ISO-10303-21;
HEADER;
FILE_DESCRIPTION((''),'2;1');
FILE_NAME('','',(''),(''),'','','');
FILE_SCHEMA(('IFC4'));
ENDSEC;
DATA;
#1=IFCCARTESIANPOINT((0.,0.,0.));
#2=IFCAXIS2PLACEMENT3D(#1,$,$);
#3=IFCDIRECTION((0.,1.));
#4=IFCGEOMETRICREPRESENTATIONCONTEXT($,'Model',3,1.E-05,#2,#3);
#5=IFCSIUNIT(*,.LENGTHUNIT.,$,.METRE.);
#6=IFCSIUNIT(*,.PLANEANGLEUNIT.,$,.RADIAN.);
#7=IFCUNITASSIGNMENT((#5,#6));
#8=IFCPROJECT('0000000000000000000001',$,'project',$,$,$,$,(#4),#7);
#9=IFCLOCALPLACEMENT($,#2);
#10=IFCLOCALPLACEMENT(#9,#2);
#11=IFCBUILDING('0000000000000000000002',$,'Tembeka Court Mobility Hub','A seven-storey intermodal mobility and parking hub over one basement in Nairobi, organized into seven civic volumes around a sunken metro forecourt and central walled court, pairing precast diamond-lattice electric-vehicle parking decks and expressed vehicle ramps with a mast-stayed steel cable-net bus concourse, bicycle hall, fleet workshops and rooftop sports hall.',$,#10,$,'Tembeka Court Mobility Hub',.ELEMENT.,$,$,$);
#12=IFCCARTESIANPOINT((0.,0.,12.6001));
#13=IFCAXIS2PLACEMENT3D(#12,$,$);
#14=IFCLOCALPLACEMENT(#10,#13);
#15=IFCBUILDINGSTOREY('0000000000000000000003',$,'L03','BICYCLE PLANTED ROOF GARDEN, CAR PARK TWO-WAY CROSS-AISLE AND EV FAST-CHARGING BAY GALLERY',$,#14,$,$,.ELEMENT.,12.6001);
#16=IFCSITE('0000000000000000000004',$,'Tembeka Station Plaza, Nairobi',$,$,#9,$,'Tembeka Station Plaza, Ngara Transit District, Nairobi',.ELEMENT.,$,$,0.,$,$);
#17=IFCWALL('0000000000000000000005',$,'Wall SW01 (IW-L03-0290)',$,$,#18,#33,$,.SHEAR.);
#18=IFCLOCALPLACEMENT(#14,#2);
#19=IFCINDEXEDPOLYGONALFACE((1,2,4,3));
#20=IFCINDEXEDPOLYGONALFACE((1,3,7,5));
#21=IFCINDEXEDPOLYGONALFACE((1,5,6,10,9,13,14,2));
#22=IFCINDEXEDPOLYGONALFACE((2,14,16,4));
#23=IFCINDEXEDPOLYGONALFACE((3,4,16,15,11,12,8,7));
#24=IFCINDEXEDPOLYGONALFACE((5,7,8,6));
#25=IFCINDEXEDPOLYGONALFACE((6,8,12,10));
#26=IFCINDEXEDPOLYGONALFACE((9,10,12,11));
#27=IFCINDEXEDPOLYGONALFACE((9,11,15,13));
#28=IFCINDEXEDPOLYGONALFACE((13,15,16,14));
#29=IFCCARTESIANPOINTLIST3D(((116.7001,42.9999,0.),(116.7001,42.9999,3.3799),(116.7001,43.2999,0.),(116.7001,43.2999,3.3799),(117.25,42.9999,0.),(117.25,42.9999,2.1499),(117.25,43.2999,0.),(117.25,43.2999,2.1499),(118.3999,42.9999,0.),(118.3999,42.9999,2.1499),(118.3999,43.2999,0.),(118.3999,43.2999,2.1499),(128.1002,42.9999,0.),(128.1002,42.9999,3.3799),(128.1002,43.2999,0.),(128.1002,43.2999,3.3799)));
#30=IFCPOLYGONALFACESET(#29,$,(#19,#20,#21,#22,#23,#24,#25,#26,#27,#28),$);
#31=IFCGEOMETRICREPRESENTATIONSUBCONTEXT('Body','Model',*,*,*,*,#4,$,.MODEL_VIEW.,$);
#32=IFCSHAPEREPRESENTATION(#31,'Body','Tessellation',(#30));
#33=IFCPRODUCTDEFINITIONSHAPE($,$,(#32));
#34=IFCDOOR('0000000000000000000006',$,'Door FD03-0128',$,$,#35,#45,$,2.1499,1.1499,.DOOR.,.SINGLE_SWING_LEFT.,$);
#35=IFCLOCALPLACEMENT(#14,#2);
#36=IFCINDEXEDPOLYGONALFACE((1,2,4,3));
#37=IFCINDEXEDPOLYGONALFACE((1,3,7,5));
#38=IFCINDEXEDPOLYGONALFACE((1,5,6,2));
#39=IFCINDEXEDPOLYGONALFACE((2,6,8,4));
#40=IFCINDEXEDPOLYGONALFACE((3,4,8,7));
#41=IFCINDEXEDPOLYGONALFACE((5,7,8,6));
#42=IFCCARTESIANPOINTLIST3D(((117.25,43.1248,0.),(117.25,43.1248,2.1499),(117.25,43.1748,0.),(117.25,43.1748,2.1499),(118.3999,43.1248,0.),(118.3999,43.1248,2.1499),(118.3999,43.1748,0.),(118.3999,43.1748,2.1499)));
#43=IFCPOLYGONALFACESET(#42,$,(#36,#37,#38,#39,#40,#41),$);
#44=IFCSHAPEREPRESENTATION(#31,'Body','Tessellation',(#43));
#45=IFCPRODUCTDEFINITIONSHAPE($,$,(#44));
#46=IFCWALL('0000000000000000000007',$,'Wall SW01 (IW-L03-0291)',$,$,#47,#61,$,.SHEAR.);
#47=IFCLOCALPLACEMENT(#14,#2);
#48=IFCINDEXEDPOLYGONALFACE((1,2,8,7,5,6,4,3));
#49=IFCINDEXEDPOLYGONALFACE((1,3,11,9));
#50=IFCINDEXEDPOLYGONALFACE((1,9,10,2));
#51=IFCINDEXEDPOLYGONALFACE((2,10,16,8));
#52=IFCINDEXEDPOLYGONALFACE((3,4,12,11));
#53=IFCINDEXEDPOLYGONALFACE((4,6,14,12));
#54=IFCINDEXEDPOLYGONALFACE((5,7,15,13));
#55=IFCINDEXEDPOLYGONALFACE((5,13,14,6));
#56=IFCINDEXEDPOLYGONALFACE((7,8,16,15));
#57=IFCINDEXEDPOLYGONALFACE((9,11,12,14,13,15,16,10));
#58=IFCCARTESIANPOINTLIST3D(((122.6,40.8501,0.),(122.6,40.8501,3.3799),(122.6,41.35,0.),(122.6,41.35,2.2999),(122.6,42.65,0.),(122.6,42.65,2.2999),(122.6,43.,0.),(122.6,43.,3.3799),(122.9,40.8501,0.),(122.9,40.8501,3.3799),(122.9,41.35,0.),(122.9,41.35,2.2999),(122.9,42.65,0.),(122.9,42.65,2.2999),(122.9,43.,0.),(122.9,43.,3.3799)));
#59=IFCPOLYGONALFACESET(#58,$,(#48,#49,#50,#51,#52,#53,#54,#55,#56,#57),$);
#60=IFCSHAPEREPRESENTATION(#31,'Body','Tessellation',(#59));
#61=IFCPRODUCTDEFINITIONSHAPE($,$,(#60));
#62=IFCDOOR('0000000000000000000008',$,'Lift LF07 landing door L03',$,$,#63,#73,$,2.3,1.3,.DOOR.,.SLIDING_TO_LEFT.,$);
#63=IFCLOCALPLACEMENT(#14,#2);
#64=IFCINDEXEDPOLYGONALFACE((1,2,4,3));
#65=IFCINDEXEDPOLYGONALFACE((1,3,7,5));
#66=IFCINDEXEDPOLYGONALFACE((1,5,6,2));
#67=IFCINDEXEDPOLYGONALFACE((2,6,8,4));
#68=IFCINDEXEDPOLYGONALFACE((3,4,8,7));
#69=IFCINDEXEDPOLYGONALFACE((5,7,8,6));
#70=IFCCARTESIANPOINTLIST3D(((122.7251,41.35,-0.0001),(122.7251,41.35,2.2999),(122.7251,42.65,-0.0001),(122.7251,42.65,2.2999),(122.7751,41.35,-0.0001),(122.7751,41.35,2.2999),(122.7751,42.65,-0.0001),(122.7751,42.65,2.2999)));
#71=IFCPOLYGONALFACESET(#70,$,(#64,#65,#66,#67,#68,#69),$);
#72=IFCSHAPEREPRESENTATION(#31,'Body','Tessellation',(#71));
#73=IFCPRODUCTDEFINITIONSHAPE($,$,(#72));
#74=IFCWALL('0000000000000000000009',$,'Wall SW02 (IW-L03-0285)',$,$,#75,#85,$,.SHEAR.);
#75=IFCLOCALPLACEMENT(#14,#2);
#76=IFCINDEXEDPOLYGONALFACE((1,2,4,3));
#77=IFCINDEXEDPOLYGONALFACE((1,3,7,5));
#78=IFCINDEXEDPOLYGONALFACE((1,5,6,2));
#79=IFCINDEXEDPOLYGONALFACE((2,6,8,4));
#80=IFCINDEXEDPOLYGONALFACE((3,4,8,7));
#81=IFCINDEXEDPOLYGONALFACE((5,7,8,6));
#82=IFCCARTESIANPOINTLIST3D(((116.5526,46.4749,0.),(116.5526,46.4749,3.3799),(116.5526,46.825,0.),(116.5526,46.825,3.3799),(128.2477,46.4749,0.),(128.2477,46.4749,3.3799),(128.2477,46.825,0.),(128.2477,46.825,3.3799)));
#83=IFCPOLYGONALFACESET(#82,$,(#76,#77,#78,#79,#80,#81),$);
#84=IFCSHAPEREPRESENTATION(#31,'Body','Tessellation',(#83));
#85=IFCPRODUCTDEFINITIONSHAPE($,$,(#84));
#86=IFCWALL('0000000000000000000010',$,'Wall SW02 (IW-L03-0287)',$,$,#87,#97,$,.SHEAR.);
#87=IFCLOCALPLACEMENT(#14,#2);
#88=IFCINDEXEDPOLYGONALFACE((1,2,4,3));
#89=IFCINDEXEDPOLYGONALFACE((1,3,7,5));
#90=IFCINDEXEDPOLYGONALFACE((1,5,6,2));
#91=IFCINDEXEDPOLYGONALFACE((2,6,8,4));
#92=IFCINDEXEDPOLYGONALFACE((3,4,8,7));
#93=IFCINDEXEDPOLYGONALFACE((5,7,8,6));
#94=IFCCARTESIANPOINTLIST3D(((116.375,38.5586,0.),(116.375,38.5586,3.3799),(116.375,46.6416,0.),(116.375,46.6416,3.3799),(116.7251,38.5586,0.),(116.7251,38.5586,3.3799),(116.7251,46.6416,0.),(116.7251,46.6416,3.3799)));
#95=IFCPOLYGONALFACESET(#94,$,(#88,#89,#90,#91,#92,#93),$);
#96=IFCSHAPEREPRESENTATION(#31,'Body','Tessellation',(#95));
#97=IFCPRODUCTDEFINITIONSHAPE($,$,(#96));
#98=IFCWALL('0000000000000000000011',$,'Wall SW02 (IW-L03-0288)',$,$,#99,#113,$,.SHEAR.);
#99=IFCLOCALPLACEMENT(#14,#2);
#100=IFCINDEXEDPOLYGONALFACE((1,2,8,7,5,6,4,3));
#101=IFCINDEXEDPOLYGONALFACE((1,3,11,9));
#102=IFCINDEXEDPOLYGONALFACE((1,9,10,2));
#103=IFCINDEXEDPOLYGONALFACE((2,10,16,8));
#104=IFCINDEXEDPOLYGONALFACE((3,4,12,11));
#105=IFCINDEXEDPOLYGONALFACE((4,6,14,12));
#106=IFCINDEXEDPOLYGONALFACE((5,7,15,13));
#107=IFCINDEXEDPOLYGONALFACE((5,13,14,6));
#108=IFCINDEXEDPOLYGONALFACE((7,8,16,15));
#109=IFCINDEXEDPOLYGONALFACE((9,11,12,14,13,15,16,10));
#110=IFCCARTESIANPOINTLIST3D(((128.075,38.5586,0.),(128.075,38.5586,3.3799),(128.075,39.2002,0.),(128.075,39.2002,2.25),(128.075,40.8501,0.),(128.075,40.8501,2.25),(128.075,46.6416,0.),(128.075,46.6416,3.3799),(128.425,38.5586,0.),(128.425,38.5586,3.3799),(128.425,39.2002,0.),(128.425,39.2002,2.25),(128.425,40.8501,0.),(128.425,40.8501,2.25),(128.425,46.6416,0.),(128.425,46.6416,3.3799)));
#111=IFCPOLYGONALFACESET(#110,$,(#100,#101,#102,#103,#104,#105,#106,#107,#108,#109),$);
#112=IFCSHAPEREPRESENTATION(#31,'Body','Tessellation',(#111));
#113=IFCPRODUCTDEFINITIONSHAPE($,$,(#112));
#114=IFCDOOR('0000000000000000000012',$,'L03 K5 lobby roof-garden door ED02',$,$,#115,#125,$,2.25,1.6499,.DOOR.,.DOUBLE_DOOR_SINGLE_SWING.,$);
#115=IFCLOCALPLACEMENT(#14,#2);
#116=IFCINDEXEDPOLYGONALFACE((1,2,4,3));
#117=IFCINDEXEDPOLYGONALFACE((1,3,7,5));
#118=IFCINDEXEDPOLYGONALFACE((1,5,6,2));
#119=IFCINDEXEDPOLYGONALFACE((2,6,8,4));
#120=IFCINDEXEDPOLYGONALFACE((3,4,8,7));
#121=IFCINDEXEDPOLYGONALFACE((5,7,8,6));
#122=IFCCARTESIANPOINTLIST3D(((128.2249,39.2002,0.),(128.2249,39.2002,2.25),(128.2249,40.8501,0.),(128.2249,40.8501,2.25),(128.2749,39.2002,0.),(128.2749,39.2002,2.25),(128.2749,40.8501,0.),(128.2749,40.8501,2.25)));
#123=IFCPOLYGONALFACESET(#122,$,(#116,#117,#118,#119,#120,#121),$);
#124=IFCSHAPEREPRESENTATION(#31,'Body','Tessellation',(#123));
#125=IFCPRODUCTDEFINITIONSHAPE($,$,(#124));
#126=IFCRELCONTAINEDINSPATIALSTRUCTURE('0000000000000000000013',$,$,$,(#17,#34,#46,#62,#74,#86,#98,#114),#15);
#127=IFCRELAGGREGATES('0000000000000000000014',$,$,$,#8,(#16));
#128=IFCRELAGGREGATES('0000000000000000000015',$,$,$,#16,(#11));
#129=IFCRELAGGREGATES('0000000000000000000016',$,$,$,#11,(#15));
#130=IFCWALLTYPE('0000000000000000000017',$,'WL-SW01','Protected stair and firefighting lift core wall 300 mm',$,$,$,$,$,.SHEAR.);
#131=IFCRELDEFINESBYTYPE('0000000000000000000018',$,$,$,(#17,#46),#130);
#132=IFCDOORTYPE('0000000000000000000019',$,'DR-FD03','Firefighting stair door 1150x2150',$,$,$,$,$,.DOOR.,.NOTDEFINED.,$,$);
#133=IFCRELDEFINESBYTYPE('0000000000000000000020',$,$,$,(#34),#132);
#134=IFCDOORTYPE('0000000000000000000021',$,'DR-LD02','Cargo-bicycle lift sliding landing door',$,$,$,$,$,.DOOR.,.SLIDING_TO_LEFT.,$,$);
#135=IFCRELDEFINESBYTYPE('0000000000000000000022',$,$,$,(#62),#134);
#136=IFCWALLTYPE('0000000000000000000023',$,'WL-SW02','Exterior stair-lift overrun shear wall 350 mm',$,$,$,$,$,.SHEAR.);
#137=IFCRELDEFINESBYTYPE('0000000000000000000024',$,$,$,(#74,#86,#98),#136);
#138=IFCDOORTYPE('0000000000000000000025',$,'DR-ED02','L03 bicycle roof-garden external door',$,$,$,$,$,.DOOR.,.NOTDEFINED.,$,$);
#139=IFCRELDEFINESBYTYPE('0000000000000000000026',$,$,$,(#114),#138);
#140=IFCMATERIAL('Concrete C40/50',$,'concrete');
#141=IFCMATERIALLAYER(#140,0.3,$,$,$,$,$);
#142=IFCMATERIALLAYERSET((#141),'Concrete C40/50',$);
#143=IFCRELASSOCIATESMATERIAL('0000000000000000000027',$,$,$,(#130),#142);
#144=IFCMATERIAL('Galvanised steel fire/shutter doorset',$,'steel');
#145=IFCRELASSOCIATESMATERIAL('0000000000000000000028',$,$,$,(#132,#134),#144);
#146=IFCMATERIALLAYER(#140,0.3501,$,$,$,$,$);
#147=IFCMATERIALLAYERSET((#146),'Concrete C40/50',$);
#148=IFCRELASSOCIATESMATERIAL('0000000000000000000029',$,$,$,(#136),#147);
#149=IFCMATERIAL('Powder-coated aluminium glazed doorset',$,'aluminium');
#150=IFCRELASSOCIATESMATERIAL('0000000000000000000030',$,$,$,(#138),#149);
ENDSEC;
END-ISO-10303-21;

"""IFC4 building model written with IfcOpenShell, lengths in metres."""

from ifc_helpers import new_model, si_unit, direction, frame, frame_2d, origin, place, context, subcontext, project, spatial, rectangle, extrude, material, layer, layer_set, type_object, element, fill, save


model = new_model("IFC4")

# Units and contexts
model_context = context("Model", 3, precision=1e-05, world=origin(), true_north=direction((0.0, 1.0)))
body_context = subcontext(model_context, "Body", "Model", "MODEL_VIEW")
ifc_project = project(units=[si_unit("LENGTHUNIT", "METRE"), si_unit("PLANEANGLEUNIT", "RADIAN")], contexts=[model_context])

# Site, building, storey
site_placement = place(None, origin())
site = spatial("IfcSite", under=ifc_project, at=site_placement, Name="Tembeka Station Plaza, Nairobi", LongName="Tembeka Station Plaza, Ngara Transit District, Nairobi", CompositionType="ELEMENT", RefElevation=0.0)
building_placement = place(site_placement, origin())
building = spatial("IfcBuilding", under=site, at=building_placement, Name="Tembeka Court Mobility Hub", Description="A seven-storey intermodal mobility and parking hub over one basement in Nairobi, organized into seven civic volumes around a sunken metro forecourt and central walled court, pairing precast diamond-lattice electric-vehicle parking decks and expressed vehicle ramps with a mast-stayed steel cable-net bus concourse, bicycle hall, fleet workshops and rooftop sports hall.", LongName="Tembeka Court Mobility Hub", CompositionType="ELEMENT")
storey_placement = place(building_placement, frame((0.0, 0.0, 12.6001)))
storey = spatial("IfcBuildingStorey", under=building, at=storey_placement, Name="L03", Description="BICYCLE PLANTED ROOF GARDEN, CAR PARK TWO-WAY CROSS-AISLE AND EV FAST-CHARGING BAY GALLERY", CompositionType="ELEMENT", Elevation=12.6001)

# Shared definitions
ifc_material_1 = material(Name="Concrete C40/50", Category="concrete")
ifc_layer_1 = layer(ifc_material_1, 0.3)
ifc_layer_set_1 = layer_set([ifc_layer_1], Name="Concrete C40/50")
wall_type_1 = type_object("IfcWallType", Name="WL-SW01", Description="Protected stair and firefighting lift core wall 300 mm", PredefinedType="SHEAR", material=ifc_layer_set_1)

# Walls, openings, doors
wall_1_placement = place(storey_placement, frame((116.7, 43.1499, 0.0), z_axis=(0.0, 0.0, 1.0), x_axis=(1.0, 0.0, 0.0)))
wall_1 = element("IfcWall", 1, at=wall_1_placement, inside=storey, type_object=wall_type_1, Name="Wall SW01 (IW-L03-0290)", PredefinedType="SHEAR", context=body_context, shape_type="SweptSolid", body=[
    extrude(rectangle(XDim=11.4001, YDim=0.3, at=frame_2d((5.7002, 0.0))), origin(), (0.0, 0.0, 1.0), 3.3799),
])
opening_1_placement = place(wall_1_placement, frame((0.55, 0.0, 0.0)))
opening_1 = element("IfcOpeningElement", 2, at=opening_1_placement, cuts=wall_1, PredefinedType="OPENING", context=body_context, shape_type="SweptSolid", body=[
    extrude(rectangle(XDim=1.1499, YDim=2.1499, at=frame_2d((0.575, 1.075))), frame((0.0, 0.1602, 0.0), z_axis=(0.0, -1.0, 0.0), x_axis=(1.0, 0.0, 0.0)), (0.0, 0.0, 1.0), 0.3201),
])
ifc_material_2 = material(Name="Galvanised steel fire/shutter doorset", Category="steel")
door_type_1 = type_object("IfcDoorType", Name="DR-FD03", Description="Firefighting stair door 1150x2150", OperationType="NOTDEFINED", PredefinedType="DOOR", material=ifc_material_2)
door_1_placement = place(opening_1_placement, origin())
door_1 = element("IfcDoor", 3, at=door_1_placement, inside=storey, type_object=door_type_1, Name="Door FD03-0128", OperationType="SINGLE_SWING_LEFT", OverallHeight=2.1499, OverallWidth=1.1499, PredefinedType="DOOR", context=body_context, shape_type="SweptSolid", body=[
    extrude(rectangle(XDim=1.1499, YDim=2.1499, at=frame_2d((0.575, 1.075))), frame((0.0, 0.0249, 0.0), z_axis=(0.0, -1.0, 0.0), x_axis=(1.0, 0.0, 0.0)), (0.0, 0.0, 1.0), 0.05),
])
fill(opening_1, door_1)
wall_2_placement = place(storey_placement, frame((122.75, 40.8501, 0.0), z_axis=(0.0, 0.0, 1.0), x_axis=(0.0, 1.0, 0.0)))
wall_2 = element("IfcWall", 4, at=wall_2_placement, inside=storey, type_object=wall_type_1, Name="Wall SW01 (IW-L03-0291)", PredefinedType="SHEAR", context=body_context, shape_type="SweptSolid", body=[
    extrude(rectangle(XDim=2.1499, YDim=0.3, at=frame_2d((1.075, 0.0))), origin(), (0.0, 0.0, 1.0), 3.3799),
])
opening_2_placement = place(wall_2_placement, frame((0.5, 0.0, 0.0)))
opening_2 = element("IfcOpeningElement", 5, at=opening_2_placement, cuts=wall_2, PredefinedType="OPENING", context=body_context, shape_type="SweptSolid", body=[
    extrude(rectangle(XDim=1.3, YDim=2.3, at=frame_2d((0.6499, 1.1499))), frame((0.0, 0.1602, 0.0), z_axis=(0.0, -1.0, 0.0), x_axis=(1.0, 0.0, 0.0)), (0.0, 0.0, 1.0), 0.3201),
])
door_type_2 = type_object("IfcDoorType", Name="DR-LD02", Description="Cargo-bicycle lift sliding landing door", OperationType="SLIDING_TO_LEFT", PredefinedType="DOOR", material=ifc_material_2)
door_2_placement = place(opening_2_placement, origin())
door_2 = element("IfcDoor", 6, at=door_2_placement, inside=storey, type_object=door_type_2, Name="Lift LF07 landing door L03", OperationType="SLIDING_TO_LEFT", OverallHeight=2.3, OverallWidth=1.3, PredefinedType="DOOR", context=body_context, shape_type="SweptSolid", body=[
    extrude(rectangle(XDim=1.3, YDim=2.3, at=frame_2d((0.6499, 1.1499))), frame((0.0, 0.0249, 0.0), z_axis=(0.0, -1.0, 0.0), x_axis=(1.0, 0.0, 0.0)), (0.0, 0.0, 1.0), 0.05),
])
fill(opening_2, door_2)

# Walls
ifc_layer_2 = layer(ifc_material_1, 0.3501)
ifc_layer_set_2 = layer_set([ifc_layer_2], Name="Concrete C40/50")
wall_type_2 = type_object("IfcWallType", Name="WL-SW02", Description="Exterior stair-lift overrun shear wall 350 mm", PredefinedType="SHEAR", material=ifc_layer_set_2)
wall_3_placement = place(storey_placement, frame((116.5525, 46.6499, 0.0), z_axis=(0.0, 0.0, 1.0), x_axis=(1.0, 0.0, 0.0)))
element("IfcWall", 7, at=wall_3_placement, inside=storey, type_object=wall_type_2, Name="Wall SW02 (IW-L03-0285)", PredefinedType="SHEAR", context=body_context, shape_type="SweptSolid", body=[
    extrude(rectangle(XDim=11.6951, YDim=0.3501, at=frame_2d((5.8477, 0.0))), origin(), (0.0, 0.0, 1.0), 3.3799),
])
wall_4_placement = place(storey_placement, frame((116.55, 38.5586, 0.0), z_axis=(0.0, 0.0, 1.0), x_axis=(0.0, 1.0, 0.0)))
element("IfcWall", 8, at=wall_4_placement, inside=storey, type_object=wall_type_2, Name="Wall SW02 (IW-L03-0287)", PredefinedType="SHEAR", context=body_context, shape_type="SweptSolid", body=[
    extrude(rectangle(XDim=8.083, YDim=0.3501, at=frame_2d((4.0415, 0.0))), origin(), (0.0, 0.0, 1.0), 3.3799),
])

# Wall, opening, door
wall_5_placement = place(storey_placement, frame((128.25, 38.5586, 0.0), z_axis=(0.0, 0.0, 1.0), x_axis=(0.0, 1.0, 0.0)))
wall_5 = element("IfcWall", 9, at=wall_5_placement, inside=storey, type_object=wall_type_2, Name="Wall SW02 (IW-L03-0288)", PredefinedType="SHEAR", context=body_context, shape_type="SweptSolid", body=[
    extrude(rectangle(XDim=8.083, YDim=0.3501, at=frame_2d((4.0415, 0.0))), origin(), (0.0, 0.0, 1.0), 3.3799),
])
opening_3_placement = place(wall_5_placement, frame((0.6416, 0.0, 0.0)))
opening_3 = element("IfcOpeningElement", 10, at=opening_3_placement, cuts=wall_5, PredefinedType="OPENING", context=body_context, shape_type="SweptSolid", body=[
    extrude(rectangle(XDim=1.6499, YDim=2.25, at=frame_2d((0.825, 1.125))), frame((0.0, 0.1851, 0.0), z_axis=(0.0, -1.0, 0.0), x_axis=(1.0, 0.0, 0.0)), (0.0, 0.0, 1.0), 0.3701),
])
ifc_material_3 = material(Name="Powder-coated aluminium glazed doorset", Category="aluminium")
door_type_3 = type_object("IfcDoorType", Name="DR-ED02", Description="L03 bicycle roof-garden external door", OperationType="NOTDEFINED", PredefinedType="DOOR", material=ifc_material_3)
door_3_placement = place(opening_3_placement, frame((1.6499, 0.0, 0.0), z_axis=(0.0, 0.0, 1.0), x_axis=(-1.0, 0.0, 0.0)))
door_3 = element("IfcDoor", 11, at=door_3_placement, inside=storey, type_object=door_type_3, Name="L03 K5 lobby roof-garden door ED02", OperationType="DOUBLE_DOOR_SINGLE_SWING", OverallHeight=2.25, OverallWidth=1.6499, PredefinedType="DOOR", context=body_context, shape_type="SweptSolid", body=[
    extrude(rectangle(XDim=1.6499, YDim=2.25, at=frame_2d((0.825, 1.125))), frame((0.0, 0.0249, 0.0), z_axis=(0.0, -1.0, 0.0), x_axis=(1.0, 0.0, 0.0)), (0.0, 0.0, 1.0), 0.05),
])
fill(opening_3, door_3)

save(model, "model.ifc")
